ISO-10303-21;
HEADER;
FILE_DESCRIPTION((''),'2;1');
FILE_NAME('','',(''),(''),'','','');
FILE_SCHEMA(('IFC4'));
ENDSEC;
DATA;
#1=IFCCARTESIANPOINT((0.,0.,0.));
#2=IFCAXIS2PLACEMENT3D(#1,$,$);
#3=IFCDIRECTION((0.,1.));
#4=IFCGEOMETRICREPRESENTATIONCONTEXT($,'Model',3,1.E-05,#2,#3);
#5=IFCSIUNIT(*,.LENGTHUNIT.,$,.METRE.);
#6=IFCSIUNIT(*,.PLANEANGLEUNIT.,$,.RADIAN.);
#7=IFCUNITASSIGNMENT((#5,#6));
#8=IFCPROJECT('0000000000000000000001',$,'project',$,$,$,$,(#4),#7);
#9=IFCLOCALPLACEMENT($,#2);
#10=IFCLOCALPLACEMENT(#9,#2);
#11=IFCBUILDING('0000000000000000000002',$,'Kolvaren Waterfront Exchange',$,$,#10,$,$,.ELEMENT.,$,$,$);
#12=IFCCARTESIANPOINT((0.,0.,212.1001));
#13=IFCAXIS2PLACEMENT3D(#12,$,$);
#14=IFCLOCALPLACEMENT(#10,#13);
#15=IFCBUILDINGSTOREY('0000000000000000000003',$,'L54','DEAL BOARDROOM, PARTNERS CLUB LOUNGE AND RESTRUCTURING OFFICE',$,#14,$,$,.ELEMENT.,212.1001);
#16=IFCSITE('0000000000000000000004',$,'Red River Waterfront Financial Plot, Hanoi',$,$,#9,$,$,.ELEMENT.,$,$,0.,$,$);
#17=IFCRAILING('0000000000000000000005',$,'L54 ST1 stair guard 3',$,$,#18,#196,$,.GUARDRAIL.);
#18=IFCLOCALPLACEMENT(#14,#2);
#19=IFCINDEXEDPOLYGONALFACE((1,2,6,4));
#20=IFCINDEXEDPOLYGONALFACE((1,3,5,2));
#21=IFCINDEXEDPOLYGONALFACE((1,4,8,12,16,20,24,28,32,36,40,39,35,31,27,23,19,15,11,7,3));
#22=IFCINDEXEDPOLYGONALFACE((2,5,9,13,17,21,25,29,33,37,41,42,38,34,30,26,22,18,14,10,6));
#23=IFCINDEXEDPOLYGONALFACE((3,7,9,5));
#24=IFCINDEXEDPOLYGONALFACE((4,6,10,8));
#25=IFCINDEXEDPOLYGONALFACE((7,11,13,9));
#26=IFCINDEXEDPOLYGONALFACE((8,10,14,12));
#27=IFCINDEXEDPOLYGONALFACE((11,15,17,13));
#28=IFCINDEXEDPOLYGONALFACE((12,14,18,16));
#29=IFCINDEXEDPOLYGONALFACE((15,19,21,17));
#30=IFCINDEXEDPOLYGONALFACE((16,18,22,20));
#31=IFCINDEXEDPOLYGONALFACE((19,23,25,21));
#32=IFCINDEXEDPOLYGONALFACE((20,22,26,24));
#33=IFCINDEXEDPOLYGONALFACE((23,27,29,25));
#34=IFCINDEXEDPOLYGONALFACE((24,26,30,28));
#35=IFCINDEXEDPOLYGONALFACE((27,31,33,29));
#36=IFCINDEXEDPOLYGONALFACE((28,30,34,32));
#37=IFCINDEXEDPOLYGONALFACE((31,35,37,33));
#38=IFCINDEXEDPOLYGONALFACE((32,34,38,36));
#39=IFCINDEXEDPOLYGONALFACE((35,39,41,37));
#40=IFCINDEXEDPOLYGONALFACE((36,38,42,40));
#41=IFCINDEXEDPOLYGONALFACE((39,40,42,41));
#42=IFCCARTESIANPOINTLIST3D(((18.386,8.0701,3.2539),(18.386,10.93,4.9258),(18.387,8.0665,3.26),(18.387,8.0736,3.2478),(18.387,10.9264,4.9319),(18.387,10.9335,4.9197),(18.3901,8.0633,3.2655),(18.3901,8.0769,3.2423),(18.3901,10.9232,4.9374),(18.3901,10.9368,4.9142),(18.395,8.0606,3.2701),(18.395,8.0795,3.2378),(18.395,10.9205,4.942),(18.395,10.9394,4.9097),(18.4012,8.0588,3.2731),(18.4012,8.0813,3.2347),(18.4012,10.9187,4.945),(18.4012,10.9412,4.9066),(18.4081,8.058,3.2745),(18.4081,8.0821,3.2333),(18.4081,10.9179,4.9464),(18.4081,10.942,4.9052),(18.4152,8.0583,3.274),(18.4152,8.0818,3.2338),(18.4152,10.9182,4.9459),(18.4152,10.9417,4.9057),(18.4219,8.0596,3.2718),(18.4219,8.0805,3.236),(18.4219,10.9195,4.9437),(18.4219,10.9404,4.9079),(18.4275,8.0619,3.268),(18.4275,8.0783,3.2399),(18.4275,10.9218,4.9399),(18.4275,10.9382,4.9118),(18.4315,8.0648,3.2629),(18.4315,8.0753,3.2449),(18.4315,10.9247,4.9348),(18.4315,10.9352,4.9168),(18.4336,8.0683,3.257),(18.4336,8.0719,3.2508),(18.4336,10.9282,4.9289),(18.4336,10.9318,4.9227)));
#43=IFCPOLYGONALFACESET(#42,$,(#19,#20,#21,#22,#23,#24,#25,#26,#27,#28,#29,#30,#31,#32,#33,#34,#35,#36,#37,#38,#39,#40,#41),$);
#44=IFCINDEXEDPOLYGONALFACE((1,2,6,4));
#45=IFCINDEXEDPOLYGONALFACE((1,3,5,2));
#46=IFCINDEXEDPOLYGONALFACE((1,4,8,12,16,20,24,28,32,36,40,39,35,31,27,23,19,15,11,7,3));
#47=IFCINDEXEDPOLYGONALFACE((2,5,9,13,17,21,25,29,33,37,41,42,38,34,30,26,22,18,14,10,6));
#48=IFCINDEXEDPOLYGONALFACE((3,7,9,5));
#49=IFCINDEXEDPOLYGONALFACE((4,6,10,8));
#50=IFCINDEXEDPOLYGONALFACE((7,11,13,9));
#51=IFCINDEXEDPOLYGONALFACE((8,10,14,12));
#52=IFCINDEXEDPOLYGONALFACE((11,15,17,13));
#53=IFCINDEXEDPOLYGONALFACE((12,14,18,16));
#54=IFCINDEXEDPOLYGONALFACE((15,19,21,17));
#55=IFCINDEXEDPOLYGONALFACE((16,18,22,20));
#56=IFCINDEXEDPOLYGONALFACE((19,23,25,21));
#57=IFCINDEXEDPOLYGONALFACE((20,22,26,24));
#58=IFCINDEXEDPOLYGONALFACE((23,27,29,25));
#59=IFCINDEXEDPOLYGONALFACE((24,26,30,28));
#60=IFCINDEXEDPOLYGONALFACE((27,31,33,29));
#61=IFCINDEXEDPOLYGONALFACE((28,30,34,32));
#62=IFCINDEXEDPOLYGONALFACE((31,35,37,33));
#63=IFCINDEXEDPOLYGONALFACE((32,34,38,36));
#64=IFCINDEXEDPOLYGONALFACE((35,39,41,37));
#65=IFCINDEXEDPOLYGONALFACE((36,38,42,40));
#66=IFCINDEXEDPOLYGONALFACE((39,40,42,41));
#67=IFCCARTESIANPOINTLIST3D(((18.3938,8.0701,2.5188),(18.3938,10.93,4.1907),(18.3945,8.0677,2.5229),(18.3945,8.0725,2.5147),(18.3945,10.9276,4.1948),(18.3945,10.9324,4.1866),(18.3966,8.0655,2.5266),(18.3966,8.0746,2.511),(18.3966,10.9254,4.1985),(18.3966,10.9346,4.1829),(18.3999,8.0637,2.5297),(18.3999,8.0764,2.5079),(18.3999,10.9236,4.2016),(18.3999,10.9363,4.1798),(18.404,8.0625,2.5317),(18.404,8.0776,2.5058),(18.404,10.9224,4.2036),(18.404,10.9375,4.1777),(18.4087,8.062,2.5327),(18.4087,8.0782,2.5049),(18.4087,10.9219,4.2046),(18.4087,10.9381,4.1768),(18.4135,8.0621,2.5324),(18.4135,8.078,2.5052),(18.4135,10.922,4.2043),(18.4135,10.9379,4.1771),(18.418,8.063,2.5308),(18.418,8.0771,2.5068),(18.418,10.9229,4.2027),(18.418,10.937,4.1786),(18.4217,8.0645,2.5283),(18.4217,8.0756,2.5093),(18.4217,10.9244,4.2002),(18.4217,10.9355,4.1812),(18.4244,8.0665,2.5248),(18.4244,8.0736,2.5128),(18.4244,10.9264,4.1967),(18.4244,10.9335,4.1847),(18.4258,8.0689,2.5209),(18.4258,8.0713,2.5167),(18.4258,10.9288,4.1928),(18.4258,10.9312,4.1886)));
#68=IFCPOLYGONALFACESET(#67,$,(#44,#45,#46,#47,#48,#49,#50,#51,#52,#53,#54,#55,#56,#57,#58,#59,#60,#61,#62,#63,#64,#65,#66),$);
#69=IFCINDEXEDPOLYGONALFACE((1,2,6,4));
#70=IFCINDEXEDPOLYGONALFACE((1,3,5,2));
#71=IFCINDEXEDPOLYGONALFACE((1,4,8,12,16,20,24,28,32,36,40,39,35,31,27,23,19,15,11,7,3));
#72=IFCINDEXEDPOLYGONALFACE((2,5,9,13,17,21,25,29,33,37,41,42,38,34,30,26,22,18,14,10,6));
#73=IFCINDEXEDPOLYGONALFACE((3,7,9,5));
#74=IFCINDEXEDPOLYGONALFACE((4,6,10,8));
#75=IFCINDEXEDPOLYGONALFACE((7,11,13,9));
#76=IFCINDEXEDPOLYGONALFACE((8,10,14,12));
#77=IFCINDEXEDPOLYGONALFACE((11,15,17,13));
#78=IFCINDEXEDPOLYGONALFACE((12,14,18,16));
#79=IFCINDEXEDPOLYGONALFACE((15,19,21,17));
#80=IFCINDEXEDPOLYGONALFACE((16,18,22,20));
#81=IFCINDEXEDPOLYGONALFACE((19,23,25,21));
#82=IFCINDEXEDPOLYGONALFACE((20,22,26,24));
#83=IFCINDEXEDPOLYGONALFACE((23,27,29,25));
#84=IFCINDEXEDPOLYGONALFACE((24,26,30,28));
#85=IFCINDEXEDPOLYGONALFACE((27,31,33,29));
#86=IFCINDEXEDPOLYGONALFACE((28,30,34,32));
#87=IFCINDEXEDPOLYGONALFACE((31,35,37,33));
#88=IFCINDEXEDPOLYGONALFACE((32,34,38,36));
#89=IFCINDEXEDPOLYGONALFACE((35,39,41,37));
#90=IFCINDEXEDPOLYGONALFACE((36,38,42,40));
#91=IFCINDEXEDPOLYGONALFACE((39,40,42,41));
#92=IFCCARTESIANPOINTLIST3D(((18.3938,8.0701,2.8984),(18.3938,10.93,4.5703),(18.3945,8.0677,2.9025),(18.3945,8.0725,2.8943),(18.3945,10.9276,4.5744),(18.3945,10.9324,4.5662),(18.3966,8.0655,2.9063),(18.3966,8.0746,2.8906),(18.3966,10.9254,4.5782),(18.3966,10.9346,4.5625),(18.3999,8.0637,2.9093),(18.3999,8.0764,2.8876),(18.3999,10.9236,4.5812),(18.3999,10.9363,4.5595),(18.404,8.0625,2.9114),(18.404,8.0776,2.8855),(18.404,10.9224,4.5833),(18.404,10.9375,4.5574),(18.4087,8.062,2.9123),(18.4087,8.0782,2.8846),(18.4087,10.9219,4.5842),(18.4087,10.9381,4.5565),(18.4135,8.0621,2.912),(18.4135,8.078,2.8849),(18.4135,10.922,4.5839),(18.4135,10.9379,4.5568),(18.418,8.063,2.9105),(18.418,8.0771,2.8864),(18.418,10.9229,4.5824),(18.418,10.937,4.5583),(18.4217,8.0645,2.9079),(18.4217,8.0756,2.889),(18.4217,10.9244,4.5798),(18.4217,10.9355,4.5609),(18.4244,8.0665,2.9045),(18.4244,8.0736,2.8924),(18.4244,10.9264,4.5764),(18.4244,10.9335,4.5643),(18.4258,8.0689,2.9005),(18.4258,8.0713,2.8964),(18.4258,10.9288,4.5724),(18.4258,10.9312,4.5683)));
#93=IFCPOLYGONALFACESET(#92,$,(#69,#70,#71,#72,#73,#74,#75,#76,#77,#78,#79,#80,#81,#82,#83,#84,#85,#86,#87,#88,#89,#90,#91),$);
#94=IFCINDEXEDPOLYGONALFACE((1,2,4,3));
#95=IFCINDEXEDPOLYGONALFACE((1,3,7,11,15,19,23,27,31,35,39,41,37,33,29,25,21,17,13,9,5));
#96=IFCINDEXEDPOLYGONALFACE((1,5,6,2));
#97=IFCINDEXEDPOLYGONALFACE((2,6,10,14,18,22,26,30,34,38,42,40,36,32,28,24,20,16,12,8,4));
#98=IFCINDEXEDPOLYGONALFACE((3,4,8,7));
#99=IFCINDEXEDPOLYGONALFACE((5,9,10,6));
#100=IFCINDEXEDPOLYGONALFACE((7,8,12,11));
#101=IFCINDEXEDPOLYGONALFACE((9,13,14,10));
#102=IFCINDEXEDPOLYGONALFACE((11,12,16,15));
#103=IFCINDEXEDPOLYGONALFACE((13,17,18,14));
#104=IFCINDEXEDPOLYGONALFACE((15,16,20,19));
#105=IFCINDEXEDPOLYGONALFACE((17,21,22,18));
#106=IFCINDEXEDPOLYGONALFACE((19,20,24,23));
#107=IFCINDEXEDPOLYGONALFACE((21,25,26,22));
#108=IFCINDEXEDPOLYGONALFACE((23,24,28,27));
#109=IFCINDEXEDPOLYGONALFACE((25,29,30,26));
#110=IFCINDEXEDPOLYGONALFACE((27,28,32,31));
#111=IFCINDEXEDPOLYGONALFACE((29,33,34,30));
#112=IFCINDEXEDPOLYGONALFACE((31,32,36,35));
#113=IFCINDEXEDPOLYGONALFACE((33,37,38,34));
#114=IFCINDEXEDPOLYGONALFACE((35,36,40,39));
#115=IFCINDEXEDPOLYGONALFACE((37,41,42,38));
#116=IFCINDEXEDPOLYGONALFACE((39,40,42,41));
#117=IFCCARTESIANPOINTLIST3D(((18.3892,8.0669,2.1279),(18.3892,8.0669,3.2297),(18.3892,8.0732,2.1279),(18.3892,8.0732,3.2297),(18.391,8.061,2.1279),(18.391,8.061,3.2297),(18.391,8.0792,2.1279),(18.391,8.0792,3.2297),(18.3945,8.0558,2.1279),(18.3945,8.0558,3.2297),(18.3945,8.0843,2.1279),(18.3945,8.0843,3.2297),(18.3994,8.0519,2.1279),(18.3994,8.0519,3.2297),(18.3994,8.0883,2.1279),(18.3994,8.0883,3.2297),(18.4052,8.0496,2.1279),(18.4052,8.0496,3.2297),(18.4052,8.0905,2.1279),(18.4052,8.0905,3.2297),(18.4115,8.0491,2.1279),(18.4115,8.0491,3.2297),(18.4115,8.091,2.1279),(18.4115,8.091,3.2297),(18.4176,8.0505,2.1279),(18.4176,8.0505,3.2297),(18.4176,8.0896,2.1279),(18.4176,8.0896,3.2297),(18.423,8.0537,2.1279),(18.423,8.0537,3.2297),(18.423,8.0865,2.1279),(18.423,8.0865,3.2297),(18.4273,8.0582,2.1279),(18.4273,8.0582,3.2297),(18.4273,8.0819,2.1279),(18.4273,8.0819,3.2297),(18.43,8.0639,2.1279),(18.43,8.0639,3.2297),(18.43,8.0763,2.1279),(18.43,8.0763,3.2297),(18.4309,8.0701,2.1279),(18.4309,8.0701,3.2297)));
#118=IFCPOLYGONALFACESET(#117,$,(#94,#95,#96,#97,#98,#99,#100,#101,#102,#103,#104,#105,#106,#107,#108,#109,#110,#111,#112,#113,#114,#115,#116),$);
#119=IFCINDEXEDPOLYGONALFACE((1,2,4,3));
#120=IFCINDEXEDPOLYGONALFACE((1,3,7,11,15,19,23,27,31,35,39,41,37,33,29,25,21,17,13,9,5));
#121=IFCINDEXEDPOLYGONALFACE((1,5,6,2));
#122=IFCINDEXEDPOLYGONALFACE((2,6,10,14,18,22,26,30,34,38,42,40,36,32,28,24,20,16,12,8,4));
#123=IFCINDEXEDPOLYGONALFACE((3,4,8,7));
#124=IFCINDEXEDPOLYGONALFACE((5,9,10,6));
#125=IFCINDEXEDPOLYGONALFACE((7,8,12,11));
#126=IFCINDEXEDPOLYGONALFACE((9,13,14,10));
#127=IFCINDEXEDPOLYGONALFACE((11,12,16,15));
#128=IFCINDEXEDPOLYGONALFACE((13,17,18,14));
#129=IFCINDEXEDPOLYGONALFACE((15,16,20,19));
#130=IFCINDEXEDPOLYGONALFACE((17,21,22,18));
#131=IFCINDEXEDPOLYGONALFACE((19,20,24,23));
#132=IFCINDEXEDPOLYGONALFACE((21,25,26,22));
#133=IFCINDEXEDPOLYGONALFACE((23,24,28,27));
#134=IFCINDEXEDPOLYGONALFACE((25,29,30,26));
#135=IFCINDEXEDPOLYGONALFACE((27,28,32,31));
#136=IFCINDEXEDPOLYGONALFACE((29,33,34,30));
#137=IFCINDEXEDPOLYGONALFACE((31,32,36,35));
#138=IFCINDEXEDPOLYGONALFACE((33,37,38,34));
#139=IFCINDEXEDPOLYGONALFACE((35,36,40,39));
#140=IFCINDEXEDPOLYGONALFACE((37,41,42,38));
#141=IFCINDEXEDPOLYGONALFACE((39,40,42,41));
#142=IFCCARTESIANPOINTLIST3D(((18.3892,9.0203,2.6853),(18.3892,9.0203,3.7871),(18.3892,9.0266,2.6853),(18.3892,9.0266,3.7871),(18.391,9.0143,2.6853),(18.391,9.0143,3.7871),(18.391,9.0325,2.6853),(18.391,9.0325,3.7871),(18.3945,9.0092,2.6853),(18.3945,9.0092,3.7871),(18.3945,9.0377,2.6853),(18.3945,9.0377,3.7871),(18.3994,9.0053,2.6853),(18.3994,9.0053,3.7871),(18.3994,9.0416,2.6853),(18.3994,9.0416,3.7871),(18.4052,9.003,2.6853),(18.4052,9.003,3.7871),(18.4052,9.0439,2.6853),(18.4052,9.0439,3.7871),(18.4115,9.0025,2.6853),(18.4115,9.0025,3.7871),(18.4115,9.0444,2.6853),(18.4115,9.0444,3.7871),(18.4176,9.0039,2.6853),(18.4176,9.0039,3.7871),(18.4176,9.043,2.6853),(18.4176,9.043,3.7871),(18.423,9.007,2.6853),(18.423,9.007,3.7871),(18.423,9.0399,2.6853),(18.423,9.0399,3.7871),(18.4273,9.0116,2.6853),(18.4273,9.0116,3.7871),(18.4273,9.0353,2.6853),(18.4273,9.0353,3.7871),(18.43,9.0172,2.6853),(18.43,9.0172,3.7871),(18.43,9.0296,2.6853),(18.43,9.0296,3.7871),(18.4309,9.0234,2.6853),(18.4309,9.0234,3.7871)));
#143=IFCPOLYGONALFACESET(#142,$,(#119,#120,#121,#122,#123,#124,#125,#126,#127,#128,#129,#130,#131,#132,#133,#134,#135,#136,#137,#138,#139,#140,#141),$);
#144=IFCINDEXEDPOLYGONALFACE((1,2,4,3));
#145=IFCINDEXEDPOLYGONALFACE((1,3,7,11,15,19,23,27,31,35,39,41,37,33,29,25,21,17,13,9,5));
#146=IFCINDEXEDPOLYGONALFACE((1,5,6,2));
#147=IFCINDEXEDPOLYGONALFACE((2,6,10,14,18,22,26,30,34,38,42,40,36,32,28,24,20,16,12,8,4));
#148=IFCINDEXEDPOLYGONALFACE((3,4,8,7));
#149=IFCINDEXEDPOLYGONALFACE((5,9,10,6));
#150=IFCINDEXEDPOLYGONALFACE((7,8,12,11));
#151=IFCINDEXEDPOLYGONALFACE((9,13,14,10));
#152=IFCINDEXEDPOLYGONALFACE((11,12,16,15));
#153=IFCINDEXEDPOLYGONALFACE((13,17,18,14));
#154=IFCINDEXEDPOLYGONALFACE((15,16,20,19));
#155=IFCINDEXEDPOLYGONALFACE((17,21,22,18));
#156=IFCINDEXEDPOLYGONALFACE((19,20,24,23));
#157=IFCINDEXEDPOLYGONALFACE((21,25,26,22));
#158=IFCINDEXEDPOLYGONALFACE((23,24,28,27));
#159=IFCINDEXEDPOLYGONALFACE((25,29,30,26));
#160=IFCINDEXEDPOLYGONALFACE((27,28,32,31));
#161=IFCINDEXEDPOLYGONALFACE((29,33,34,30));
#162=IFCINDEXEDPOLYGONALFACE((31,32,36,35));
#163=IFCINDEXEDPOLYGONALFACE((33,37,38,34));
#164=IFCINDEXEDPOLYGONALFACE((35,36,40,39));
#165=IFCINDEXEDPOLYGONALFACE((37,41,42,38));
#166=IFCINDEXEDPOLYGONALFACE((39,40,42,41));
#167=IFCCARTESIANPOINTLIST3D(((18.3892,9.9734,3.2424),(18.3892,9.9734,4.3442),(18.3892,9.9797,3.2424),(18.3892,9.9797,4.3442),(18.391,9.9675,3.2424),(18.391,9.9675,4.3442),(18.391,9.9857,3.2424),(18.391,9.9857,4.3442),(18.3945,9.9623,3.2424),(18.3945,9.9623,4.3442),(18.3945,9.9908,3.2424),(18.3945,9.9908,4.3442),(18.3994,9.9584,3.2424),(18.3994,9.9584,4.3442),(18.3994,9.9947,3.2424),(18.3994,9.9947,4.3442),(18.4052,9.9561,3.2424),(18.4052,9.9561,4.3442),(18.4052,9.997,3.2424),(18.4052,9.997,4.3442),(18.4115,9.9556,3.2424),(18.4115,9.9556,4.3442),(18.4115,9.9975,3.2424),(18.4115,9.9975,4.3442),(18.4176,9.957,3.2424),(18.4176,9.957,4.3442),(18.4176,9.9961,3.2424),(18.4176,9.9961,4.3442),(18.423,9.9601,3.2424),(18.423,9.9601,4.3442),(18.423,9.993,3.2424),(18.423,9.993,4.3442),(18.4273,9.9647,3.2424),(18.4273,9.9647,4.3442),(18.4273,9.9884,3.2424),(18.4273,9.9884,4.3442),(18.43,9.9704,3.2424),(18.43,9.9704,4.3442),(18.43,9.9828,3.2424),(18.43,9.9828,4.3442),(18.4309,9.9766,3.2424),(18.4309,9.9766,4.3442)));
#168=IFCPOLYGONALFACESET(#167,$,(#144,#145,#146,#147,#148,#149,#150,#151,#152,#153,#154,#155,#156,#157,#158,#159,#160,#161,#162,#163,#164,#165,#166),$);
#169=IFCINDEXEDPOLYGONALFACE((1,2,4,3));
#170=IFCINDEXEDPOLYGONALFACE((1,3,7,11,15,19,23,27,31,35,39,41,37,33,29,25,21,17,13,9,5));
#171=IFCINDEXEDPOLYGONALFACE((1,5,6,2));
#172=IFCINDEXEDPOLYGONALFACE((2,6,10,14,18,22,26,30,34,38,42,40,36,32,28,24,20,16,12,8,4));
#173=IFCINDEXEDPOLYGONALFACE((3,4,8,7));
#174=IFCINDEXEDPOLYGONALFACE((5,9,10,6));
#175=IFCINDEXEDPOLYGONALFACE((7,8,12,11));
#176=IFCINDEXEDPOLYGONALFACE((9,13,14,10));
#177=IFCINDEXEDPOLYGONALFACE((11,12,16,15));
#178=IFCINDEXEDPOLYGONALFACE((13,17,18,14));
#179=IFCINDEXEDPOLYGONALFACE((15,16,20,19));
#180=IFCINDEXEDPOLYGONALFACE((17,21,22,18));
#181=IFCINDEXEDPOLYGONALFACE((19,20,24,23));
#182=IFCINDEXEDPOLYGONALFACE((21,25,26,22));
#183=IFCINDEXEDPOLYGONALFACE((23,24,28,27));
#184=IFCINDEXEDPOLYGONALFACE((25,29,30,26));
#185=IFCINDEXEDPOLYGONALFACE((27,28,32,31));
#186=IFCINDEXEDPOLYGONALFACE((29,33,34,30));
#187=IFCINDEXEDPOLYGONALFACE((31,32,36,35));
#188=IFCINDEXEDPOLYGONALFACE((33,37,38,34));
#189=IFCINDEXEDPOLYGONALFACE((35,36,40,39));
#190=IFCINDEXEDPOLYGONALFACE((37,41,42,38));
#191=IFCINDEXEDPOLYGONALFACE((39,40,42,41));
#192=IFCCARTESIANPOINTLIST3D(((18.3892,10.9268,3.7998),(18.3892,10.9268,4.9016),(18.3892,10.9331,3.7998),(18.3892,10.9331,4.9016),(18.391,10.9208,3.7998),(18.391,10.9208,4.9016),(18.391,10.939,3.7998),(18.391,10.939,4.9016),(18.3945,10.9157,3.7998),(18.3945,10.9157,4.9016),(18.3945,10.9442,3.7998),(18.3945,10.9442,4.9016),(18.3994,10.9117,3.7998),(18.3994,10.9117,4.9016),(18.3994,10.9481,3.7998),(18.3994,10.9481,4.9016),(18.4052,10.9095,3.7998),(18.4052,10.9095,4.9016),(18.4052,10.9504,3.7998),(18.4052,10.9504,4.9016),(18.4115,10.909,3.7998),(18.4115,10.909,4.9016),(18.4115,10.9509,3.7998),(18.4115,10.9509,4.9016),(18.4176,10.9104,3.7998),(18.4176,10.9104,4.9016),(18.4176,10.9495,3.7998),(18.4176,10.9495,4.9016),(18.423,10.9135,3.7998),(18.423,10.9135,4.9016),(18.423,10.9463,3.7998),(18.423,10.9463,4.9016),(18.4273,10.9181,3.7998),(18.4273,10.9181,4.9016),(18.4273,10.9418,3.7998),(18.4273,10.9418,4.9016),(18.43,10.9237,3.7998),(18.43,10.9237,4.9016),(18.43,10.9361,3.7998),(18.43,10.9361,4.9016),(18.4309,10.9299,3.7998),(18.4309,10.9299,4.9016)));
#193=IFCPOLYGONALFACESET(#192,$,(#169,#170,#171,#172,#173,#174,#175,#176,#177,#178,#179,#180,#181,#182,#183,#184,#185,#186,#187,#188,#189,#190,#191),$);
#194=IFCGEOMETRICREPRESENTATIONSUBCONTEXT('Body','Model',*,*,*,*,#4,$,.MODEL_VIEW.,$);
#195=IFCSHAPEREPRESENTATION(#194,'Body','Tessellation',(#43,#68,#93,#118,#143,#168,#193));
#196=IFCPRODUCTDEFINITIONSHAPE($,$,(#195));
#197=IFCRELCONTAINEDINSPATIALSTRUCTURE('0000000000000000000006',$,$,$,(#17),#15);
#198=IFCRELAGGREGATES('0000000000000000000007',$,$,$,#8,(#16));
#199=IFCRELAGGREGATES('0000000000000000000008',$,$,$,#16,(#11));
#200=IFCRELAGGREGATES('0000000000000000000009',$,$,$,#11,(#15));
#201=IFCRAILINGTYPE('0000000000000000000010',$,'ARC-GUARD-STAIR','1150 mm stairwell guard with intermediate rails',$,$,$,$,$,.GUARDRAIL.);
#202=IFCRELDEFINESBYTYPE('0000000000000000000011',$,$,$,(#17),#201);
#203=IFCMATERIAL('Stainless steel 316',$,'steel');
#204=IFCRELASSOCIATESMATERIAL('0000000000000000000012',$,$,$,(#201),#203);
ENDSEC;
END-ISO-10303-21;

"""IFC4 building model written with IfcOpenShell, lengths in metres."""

from ifc_helpers import new_model, si_unit, direction, frame, origin, origin_2d, place, context, subcontext, project, spatial, circle, extrude, material, type_object, element, save


model = new_model("IFC4")

# Units and contexts
model_context = context("Model", 3, precision=1e-05, world=origin(), true_north=direction((0.0, 1.0)))
body_context = subcontext(model_context, "Body", "Model", "MODEL_VIEW")
ifc_project = project(units=[si_unit("LENGTHUNIT", "METRE"), si_unit("PLANEANGLEUNIT", "RADIAN")], contexts=[model_context])

# Site, building, storey
site_placement = place(None, origin())
site = spatial("IfcSite", under=ifc_project, at=site_placement, Name="Red River Waterfront Financial Plot, Hanoi", CompositionType="ELEMENT", RefElevation=0.0)
building_placement = place(site_placement, origin())
building = spatial("IfcBuilding", under=site, at=building_placement, Name="Kolvaren Waterfront Exchange", CompositionType="ELEMENT")
storey_placement = place(building_placement, frame((0.0, 0.0, 212.1001)))
storey = spatial("IfcBuildingStorey", under=building, at=storey_placement, Name="L54", Description="DEAL BOARDROOM, PARTNERS CLUB LOUNGE AND RESTRUCTURING OFFICE", CompositionType="ELEMENT", Elevation=212.1001)

# Railing
ifc_material_1 = material(Name="Stainless steel 316", Category="steel")
railing_type_1 = type_object("IfcRailingType", Name="ARC-GUARD-STAIR", Description="1150 mm stairwell guard with intermediate rails", PredefinedType="GUARDRAIL", material=ifc_material_1)
railing_1_placement = place(storey_placement, frame((18.4099, 8.0701, 2.1279)))
element("IfcRailing", 1, at=railing_1_placement, inside=storey, type_object=railing_type_1, Name="L54 ST1 stair guard 3", PredefinedType="GUARDRAIL", context=body_context, shape_type="SweptSolid", body=[
    extrude(circle(Radius=0.0239, at=origin_2d()), frame((0.0, 0.0, 1.126), z_axis=(0.0, 0.863303, 0.504686), x_axis=(-1.0, 0.0, 0.0)), (0.0, 0.0, 1.0), 3.3127),
    extrude(circle(Radius=0.0161, at=origin_2d()), frame((0.0, 0.0, 0.3909), z_axis=(0.0, 0.863303, 0.504686), x_axis=(-1.0, 0.0, 0.0)), (0.0, 0.0, 1.0), 3.3127),
    extrude(circle(Radius=0.0161, at=origin_2d()), frame((0.0, 0.0, 0.7705), z_axis=(0.0, 0.863303, 0.504686), x_axis=(-1.0, 0.0, 0.0)), (0.0, 0.0, 1.0), 3.3127),
    extrude(circle(Radius=0.021, at=origin_2d()), origin(), (0.0, 0.0, 1.0), 1.1018),
    extrude(circle(Radius=0.021, at=origin_2d()), frame((0.0, 0.9534, 0.5574)), (0.0, 0.0, 1.0), 1.1018),
    extrude(circle(Radius=0.021, at=origin_2d()), frame((0.0, 1.9065, 1.1145)), (0.0, 0.0, 1.0), 1.1018),
    extrude(circle(Radius=0.021, at=origin_2d()), frame((0.0, 2.8599, 1.6719)), (0.0, 0.0, 1.0), 1.1018),
])

save(model, "model.ifc")
